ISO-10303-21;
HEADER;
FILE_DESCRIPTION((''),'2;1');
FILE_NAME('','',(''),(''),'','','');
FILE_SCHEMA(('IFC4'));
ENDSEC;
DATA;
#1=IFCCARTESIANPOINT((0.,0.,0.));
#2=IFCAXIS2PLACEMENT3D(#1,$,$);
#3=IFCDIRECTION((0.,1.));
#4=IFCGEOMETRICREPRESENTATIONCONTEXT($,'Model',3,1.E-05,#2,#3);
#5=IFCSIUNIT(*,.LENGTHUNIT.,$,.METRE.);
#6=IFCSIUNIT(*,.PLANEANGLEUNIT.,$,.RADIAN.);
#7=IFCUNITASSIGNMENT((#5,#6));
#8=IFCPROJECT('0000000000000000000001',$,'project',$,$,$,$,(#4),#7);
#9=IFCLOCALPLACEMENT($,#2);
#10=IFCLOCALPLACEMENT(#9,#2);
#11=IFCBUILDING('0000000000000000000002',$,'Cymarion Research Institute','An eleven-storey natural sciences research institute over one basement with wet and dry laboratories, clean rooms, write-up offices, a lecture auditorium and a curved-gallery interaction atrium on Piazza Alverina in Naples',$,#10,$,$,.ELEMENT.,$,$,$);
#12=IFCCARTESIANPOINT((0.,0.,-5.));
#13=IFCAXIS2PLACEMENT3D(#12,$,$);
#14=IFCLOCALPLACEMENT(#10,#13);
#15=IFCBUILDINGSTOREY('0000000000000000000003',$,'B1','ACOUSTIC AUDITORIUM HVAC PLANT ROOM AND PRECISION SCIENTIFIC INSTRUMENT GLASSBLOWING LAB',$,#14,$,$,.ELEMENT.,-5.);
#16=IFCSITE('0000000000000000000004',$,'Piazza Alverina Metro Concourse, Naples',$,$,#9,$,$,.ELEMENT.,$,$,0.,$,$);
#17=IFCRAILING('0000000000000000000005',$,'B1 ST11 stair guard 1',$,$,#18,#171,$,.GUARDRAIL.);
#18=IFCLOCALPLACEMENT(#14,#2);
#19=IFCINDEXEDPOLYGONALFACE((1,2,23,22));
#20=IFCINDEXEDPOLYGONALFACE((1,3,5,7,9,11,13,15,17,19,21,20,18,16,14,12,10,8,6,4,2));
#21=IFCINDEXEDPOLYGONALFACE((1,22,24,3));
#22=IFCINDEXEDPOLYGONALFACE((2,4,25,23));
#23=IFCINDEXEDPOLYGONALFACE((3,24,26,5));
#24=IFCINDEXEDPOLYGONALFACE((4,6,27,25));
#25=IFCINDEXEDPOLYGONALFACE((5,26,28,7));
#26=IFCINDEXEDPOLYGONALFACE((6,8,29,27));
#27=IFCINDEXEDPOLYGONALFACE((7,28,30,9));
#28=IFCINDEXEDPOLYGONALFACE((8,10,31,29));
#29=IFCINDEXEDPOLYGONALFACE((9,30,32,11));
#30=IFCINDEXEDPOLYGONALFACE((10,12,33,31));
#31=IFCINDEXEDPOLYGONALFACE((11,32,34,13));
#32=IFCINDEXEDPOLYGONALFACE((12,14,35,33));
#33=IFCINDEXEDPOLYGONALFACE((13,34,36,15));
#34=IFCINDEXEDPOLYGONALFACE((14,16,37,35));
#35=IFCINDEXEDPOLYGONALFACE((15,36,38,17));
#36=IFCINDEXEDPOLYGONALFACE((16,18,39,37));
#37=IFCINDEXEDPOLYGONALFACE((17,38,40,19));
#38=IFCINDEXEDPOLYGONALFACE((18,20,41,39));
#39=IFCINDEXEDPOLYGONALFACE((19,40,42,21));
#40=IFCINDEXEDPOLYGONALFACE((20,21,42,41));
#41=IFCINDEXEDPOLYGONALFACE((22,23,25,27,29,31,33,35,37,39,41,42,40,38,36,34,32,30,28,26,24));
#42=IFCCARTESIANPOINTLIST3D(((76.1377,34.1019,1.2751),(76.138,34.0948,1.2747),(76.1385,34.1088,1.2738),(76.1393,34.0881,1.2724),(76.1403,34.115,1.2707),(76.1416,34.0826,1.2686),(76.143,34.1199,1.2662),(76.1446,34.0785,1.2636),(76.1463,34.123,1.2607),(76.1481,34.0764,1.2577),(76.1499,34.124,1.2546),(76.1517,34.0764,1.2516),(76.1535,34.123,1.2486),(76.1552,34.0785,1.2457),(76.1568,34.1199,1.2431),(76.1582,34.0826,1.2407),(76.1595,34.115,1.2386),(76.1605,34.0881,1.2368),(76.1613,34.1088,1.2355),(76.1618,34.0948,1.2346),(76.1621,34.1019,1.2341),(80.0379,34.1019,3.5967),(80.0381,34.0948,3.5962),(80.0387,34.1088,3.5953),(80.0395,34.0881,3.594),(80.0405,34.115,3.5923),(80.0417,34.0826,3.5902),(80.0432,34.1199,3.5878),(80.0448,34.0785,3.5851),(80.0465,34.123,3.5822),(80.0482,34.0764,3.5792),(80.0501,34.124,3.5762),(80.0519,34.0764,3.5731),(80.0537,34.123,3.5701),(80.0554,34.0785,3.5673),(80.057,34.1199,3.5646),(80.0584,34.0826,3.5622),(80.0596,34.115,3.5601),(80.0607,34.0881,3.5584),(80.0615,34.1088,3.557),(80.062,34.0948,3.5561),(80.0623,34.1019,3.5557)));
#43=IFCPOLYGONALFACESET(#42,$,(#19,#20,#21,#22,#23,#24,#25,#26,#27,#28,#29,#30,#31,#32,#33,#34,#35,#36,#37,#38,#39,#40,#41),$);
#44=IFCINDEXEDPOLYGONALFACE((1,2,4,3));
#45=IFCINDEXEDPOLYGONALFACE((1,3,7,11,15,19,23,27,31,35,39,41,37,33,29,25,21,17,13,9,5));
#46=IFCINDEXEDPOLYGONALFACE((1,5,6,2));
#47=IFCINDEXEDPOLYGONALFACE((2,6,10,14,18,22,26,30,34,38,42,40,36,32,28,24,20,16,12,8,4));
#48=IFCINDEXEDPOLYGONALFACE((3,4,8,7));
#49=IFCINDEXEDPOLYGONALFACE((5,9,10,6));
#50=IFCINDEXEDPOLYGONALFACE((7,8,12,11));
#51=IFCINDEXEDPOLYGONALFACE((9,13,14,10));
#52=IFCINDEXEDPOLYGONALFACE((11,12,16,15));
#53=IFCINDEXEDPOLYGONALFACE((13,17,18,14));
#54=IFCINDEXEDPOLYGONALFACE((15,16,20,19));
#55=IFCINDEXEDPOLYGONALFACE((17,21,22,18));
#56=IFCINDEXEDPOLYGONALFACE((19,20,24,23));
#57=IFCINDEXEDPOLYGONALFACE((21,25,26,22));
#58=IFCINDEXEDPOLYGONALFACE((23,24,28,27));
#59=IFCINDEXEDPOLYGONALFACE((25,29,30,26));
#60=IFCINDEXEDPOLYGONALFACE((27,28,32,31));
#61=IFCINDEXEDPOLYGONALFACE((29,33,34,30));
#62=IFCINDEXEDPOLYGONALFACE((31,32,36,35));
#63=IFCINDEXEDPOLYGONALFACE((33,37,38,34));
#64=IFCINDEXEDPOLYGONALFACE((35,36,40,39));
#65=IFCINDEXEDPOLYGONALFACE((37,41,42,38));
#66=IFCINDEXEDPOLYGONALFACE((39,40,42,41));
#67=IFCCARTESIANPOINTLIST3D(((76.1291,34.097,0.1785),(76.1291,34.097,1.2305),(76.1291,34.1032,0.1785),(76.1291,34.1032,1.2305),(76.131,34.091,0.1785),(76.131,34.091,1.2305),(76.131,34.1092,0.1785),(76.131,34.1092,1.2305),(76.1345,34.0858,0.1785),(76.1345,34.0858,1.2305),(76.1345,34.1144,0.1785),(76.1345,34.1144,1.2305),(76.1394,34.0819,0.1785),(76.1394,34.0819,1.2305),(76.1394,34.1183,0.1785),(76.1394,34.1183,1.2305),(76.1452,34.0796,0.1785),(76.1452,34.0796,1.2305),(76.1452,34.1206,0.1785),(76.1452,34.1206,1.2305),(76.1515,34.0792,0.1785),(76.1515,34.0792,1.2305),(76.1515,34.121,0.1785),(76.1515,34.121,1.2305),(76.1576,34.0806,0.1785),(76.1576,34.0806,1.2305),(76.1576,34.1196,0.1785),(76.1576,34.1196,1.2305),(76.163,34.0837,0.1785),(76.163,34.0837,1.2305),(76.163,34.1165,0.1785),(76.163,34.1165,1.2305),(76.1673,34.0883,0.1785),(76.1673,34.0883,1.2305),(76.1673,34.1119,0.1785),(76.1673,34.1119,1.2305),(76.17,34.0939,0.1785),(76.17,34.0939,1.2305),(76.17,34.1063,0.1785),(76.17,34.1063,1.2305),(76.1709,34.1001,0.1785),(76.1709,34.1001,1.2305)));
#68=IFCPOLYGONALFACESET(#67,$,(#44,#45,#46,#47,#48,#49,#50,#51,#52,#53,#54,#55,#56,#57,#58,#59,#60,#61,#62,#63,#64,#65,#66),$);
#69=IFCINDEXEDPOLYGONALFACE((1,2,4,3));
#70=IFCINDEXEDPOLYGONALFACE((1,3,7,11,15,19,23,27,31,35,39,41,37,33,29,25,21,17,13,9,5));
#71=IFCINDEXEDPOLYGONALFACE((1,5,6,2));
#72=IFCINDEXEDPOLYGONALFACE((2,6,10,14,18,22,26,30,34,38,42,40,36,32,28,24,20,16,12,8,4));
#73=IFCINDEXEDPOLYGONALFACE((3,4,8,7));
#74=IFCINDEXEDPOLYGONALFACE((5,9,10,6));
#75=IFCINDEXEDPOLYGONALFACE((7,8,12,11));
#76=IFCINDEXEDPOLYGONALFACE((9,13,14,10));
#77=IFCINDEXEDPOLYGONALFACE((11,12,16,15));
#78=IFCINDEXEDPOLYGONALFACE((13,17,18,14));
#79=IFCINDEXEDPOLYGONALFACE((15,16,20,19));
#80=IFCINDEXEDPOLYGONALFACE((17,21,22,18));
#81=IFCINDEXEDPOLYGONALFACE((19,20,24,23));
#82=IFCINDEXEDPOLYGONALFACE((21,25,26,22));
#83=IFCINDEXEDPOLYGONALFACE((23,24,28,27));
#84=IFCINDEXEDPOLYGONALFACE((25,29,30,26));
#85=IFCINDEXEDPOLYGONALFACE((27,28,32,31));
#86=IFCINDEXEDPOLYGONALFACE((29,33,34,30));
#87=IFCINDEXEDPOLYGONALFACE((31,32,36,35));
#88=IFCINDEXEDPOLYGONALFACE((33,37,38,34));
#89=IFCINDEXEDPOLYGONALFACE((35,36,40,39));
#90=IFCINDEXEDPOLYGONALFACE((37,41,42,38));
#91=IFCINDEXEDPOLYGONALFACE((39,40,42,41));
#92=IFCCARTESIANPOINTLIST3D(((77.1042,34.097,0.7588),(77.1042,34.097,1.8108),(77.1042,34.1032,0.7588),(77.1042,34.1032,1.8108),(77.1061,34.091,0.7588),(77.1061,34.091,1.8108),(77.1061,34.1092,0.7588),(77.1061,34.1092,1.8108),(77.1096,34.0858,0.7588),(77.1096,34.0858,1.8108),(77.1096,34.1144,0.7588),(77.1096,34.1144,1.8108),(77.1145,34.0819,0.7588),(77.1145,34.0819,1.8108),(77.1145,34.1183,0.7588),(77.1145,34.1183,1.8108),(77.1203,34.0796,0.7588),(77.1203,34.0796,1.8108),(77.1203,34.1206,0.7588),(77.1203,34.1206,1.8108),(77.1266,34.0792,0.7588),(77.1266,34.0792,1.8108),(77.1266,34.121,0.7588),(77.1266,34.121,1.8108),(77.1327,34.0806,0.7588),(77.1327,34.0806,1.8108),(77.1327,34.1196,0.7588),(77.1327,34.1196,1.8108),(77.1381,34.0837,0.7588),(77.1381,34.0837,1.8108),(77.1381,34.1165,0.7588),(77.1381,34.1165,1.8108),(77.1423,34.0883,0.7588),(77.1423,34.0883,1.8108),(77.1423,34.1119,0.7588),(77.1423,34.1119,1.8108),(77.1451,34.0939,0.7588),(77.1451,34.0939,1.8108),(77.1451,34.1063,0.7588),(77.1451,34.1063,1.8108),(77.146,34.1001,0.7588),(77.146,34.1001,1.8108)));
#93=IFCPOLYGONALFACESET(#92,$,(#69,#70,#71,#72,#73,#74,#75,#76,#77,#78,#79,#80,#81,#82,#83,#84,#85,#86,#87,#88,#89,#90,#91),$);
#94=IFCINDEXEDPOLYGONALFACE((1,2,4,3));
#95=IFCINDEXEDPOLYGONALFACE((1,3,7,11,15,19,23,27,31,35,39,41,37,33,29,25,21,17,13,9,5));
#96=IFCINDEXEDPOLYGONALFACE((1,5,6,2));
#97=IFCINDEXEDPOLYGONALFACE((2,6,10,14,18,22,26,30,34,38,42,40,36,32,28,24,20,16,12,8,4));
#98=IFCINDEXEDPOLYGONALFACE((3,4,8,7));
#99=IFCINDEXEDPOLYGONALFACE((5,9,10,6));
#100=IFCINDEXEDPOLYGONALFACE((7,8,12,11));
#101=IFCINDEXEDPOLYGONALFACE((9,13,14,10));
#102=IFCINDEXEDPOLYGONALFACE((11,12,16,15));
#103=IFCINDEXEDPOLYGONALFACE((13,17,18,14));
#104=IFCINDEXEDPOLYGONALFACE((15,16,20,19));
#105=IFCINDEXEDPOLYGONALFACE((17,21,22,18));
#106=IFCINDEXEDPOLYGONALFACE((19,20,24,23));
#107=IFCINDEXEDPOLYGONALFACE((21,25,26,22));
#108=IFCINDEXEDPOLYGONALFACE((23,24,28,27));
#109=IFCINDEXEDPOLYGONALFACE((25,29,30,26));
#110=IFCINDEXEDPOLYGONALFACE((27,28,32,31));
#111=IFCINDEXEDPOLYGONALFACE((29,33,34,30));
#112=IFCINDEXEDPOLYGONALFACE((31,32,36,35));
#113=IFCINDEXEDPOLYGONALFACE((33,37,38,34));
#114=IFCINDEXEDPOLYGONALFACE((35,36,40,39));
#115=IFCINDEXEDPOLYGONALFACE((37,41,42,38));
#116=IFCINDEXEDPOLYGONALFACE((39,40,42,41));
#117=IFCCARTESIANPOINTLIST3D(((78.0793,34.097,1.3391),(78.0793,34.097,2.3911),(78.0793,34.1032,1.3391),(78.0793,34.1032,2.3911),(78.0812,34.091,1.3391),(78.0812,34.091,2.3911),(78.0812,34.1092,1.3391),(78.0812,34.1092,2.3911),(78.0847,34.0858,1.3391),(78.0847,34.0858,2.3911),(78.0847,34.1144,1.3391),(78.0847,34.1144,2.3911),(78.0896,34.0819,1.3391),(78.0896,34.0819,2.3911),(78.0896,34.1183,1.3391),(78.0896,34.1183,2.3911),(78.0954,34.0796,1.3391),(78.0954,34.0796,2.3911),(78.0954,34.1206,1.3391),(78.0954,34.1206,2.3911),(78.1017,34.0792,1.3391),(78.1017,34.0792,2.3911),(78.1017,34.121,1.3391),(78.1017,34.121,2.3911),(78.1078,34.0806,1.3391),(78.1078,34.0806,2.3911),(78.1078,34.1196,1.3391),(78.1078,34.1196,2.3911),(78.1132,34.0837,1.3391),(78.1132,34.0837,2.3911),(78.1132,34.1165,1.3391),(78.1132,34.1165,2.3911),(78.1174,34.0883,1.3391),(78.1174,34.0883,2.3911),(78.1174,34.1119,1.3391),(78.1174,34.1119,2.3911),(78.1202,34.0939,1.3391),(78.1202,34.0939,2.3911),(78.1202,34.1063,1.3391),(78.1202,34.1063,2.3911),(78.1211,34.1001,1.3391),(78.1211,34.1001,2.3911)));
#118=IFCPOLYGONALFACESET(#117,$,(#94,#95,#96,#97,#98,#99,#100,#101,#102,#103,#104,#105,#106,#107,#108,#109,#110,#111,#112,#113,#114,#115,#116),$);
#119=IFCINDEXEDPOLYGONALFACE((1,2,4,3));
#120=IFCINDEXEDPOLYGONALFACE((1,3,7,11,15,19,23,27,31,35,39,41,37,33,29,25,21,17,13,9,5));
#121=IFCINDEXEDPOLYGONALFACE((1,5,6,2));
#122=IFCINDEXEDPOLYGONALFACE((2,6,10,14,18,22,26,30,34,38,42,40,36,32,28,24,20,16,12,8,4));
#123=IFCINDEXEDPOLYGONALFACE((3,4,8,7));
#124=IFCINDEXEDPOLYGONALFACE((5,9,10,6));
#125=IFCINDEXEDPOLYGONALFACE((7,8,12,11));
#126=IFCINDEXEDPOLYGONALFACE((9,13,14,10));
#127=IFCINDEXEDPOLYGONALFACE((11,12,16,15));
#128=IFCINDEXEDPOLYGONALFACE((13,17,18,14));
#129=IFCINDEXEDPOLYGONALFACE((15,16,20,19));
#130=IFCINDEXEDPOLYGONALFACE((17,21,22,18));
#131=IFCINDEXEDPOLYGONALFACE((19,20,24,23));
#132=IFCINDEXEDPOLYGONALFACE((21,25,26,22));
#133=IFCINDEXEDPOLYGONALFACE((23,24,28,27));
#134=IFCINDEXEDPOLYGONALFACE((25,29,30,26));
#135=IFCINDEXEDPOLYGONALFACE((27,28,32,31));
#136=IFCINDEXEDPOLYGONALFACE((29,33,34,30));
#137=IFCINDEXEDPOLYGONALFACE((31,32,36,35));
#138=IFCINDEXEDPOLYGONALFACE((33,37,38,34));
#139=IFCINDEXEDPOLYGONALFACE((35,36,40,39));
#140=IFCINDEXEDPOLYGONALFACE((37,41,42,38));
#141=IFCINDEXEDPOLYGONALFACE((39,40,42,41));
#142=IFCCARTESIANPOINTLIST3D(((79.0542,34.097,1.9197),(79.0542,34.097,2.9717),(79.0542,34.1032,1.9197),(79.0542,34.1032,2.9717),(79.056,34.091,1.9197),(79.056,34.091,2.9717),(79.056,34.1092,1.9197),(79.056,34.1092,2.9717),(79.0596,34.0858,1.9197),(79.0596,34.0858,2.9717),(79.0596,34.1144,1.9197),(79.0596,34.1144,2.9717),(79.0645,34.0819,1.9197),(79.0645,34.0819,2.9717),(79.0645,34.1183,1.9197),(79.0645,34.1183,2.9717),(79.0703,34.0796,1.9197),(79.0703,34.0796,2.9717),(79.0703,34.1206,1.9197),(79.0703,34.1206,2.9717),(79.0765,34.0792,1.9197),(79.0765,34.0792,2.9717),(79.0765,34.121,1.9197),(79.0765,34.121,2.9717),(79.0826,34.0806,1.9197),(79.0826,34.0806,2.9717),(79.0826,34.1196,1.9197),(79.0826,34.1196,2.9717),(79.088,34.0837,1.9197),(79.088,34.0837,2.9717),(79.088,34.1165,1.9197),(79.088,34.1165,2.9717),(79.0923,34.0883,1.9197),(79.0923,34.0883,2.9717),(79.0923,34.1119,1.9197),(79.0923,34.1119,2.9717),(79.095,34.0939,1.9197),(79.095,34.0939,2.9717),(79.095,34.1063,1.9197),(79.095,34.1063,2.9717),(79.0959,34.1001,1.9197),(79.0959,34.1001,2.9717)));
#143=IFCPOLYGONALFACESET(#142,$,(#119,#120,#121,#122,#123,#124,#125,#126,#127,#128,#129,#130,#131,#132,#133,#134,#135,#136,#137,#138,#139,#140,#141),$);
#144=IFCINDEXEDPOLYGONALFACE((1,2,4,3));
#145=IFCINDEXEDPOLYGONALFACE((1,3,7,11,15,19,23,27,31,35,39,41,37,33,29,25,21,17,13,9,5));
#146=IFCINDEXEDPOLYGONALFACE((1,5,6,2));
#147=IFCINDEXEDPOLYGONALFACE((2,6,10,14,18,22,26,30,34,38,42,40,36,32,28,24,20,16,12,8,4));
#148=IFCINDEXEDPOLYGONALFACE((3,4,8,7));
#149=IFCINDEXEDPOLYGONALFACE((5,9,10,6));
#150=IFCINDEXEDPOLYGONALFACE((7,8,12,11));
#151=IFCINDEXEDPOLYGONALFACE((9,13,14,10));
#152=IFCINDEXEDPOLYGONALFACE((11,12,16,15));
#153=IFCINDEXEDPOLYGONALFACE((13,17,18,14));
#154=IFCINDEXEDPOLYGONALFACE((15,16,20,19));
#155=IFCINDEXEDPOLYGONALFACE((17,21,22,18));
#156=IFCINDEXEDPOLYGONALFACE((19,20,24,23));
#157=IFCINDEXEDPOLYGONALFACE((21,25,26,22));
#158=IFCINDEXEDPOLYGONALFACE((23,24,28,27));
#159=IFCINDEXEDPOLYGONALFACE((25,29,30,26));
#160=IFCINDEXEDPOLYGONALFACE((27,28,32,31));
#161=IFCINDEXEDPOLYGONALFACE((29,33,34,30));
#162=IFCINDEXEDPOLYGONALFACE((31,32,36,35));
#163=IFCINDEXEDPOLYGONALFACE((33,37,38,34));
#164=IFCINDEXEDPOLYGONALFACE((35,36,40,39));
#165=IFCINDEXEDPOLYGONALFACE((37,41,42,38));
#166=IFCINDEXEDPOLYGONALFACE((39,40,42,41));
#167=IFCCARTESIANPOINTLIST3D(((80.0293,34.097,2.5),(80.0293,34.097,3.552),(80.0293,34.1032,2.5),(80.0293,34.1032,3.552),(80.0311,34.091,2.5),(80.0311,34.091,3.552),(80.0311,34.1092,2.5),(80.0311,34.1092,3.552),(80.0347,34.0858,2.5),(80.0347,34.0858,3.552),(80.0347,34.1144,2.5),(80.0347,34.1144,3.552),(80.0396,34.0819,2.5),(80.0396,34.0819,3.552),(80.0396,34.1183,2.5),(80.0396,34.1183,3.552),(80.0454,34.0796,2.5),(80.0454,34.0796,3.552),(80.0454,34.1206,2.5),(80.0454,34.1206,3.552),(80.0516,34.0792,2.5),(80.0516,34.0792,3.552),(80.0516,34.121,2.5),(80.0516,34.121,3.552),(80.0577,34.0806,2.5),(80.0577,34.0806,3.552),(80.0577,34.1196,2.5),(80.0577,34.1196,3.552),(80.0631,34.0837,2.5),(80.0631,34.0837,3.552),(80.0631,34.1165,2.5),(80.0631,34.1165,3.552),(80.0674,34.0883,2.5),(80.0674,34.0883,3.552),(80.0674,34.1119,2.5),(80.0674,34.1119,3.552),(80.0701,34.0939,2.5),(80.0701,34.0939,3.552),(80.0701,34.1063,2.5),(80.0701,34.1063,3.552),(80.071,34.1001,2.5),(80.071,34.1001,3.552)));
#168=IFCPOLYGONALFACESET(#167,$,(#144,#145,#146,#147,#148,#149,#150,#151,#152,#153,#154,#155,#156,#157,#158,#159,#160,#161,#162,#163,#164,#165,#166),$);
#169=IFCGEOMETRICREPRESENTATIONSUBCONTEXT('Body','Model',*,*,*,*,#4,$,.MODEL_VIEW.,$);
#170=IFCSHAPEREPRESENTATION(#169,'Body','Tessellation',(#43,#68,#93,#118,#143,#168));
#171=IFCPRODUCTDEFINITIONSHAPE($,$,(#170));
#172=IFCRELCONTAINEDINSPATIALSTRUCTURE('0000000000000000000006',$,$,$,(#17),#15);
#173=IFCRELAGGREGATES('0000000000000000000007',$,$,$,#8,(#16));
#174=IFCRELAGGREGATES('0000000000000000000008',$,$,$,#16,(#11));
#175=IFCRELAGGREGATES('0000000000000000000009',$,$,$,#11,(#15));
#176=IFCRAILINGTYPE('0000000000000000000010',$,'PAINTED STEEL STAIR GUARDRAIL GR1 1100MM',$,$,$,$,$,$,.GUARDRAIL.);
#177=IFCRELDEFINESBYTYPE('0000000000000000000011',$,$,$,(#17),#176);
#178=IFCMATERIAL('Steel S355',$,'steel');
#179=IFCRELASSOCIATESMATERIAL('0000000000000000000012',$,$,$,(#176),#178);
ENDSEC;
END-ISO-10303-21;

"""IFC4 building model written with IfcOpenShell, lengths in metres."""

from ifc_helpers import new_model, si_unit, direction, frame, origin, origin_2d, place, context, subcontext, project, spatial, circle, extrude, material, type_object, element, save


model = new_model("IFC4")

# Units and contexts
model_context = context("Model", 3, precision=1e-05, world=origin(), true_north=direction((0.0, 1.0)))
body_context = subcontext(model_context, "Body", "Model", "MODEL_VIEW")
ifc_project = project(units=[si_unit("LENGTHUNIT", "METRE"), si_unit("PLANEANGLEUNIT", "RADIAN")], contexts=[model_context])

# Site, building, storey
site_placement = place(None, origin())
site = spatial("IfcSite", under=ifc_project, at=site_placement, Name="Piazza Alverina Metro Concourse, Naples", CompositionType="ELEMENT", RefElevation=0.0)
building_placement = place(site_placement, origin())
building = spatial("IfcBuilding", under=site, at=building_placement, Name="Cymarion Research Institute", Description="An eleven-storey natural sciences research institute over one basement with wet and dry laboratories, clean rooms, write-up offices, a lecture auditorium and a curved-gallery interaction atrium on Piazza Alverina in Naples", CompositionType="ELEMENT")
storey_placement = place(building_placement, frame((0.0, 0.0, -5.0)))
storey = spatial("IfcBuildingStorey", under=building, at=storey_placement, Name="B1", Description="ACOUSTIC AUDITORIUM HVAC PLANT ROOM AND PRECISION SCIENTIFIC INSTRUMENT GLASSBLOWING LAB", CompositionType="ELEMENT", Elevation=-5.0)

# Shared definitions
ifc_material_1 = material(Name="Steel S355", Category="steel")

# Railing
railing_type_1 = type_object("IfcRailingType", Name="PAINTED STEEL STAIR GUARDRAIL GR1 1100MM", PredefinedType="GUARDRAIL", material=ifc_material_1)
railing_1_placement = place(storey_placement, frame((76.1499, 34.1001, 0.1785)))
element("IfcRailing", 1, at=railing_1_placement, inside=storey, type_object=railing_type_1, Name="B1 ST11 stair guard 1", PredefinedType="GUARDRAIL", context=body_context, shape_type="SweptSolid", body=[
    extrude(circle(Radius=0.0239, at=origin_2d()), frame((0.0, 0.0, 1.0762), z_axis=(0.859291, 0.0, 0.511487), x_axis=(0.0, 1.0, 0.0)), (0.0, 0.0, 1.0), 4.5388),
    extrude(circle(Radius=0.021, at=origin_2d()), origin(), (0.0, 0.0, 1.0), 1.052),
    extrude(circle(Radius=0.021, at=origin_2d()), frame((0.9751, 0.0, 0.5803)), (0.0, 0.0, 1.0), 1.052),
    extrude(circle(Radius=0.021, at=origin_2d()), frame((1.9502, 0.0, 1.1606)), (0.0, 0.0, 1.0), 1.052),
    extrude(circle(Radius=0.021, at=origin_2d()), frame((2.925, 0.0, 1.7412)), (0.0, 0.0, 1.0), 1.052),
    extrude(circle(Radius=0.021, at=origin_2d()), frame((3.9001, 0.0, 2.3215)), (0.0, 0.0, 1.0), 1.052),
])

save(model, "model.ifc")
